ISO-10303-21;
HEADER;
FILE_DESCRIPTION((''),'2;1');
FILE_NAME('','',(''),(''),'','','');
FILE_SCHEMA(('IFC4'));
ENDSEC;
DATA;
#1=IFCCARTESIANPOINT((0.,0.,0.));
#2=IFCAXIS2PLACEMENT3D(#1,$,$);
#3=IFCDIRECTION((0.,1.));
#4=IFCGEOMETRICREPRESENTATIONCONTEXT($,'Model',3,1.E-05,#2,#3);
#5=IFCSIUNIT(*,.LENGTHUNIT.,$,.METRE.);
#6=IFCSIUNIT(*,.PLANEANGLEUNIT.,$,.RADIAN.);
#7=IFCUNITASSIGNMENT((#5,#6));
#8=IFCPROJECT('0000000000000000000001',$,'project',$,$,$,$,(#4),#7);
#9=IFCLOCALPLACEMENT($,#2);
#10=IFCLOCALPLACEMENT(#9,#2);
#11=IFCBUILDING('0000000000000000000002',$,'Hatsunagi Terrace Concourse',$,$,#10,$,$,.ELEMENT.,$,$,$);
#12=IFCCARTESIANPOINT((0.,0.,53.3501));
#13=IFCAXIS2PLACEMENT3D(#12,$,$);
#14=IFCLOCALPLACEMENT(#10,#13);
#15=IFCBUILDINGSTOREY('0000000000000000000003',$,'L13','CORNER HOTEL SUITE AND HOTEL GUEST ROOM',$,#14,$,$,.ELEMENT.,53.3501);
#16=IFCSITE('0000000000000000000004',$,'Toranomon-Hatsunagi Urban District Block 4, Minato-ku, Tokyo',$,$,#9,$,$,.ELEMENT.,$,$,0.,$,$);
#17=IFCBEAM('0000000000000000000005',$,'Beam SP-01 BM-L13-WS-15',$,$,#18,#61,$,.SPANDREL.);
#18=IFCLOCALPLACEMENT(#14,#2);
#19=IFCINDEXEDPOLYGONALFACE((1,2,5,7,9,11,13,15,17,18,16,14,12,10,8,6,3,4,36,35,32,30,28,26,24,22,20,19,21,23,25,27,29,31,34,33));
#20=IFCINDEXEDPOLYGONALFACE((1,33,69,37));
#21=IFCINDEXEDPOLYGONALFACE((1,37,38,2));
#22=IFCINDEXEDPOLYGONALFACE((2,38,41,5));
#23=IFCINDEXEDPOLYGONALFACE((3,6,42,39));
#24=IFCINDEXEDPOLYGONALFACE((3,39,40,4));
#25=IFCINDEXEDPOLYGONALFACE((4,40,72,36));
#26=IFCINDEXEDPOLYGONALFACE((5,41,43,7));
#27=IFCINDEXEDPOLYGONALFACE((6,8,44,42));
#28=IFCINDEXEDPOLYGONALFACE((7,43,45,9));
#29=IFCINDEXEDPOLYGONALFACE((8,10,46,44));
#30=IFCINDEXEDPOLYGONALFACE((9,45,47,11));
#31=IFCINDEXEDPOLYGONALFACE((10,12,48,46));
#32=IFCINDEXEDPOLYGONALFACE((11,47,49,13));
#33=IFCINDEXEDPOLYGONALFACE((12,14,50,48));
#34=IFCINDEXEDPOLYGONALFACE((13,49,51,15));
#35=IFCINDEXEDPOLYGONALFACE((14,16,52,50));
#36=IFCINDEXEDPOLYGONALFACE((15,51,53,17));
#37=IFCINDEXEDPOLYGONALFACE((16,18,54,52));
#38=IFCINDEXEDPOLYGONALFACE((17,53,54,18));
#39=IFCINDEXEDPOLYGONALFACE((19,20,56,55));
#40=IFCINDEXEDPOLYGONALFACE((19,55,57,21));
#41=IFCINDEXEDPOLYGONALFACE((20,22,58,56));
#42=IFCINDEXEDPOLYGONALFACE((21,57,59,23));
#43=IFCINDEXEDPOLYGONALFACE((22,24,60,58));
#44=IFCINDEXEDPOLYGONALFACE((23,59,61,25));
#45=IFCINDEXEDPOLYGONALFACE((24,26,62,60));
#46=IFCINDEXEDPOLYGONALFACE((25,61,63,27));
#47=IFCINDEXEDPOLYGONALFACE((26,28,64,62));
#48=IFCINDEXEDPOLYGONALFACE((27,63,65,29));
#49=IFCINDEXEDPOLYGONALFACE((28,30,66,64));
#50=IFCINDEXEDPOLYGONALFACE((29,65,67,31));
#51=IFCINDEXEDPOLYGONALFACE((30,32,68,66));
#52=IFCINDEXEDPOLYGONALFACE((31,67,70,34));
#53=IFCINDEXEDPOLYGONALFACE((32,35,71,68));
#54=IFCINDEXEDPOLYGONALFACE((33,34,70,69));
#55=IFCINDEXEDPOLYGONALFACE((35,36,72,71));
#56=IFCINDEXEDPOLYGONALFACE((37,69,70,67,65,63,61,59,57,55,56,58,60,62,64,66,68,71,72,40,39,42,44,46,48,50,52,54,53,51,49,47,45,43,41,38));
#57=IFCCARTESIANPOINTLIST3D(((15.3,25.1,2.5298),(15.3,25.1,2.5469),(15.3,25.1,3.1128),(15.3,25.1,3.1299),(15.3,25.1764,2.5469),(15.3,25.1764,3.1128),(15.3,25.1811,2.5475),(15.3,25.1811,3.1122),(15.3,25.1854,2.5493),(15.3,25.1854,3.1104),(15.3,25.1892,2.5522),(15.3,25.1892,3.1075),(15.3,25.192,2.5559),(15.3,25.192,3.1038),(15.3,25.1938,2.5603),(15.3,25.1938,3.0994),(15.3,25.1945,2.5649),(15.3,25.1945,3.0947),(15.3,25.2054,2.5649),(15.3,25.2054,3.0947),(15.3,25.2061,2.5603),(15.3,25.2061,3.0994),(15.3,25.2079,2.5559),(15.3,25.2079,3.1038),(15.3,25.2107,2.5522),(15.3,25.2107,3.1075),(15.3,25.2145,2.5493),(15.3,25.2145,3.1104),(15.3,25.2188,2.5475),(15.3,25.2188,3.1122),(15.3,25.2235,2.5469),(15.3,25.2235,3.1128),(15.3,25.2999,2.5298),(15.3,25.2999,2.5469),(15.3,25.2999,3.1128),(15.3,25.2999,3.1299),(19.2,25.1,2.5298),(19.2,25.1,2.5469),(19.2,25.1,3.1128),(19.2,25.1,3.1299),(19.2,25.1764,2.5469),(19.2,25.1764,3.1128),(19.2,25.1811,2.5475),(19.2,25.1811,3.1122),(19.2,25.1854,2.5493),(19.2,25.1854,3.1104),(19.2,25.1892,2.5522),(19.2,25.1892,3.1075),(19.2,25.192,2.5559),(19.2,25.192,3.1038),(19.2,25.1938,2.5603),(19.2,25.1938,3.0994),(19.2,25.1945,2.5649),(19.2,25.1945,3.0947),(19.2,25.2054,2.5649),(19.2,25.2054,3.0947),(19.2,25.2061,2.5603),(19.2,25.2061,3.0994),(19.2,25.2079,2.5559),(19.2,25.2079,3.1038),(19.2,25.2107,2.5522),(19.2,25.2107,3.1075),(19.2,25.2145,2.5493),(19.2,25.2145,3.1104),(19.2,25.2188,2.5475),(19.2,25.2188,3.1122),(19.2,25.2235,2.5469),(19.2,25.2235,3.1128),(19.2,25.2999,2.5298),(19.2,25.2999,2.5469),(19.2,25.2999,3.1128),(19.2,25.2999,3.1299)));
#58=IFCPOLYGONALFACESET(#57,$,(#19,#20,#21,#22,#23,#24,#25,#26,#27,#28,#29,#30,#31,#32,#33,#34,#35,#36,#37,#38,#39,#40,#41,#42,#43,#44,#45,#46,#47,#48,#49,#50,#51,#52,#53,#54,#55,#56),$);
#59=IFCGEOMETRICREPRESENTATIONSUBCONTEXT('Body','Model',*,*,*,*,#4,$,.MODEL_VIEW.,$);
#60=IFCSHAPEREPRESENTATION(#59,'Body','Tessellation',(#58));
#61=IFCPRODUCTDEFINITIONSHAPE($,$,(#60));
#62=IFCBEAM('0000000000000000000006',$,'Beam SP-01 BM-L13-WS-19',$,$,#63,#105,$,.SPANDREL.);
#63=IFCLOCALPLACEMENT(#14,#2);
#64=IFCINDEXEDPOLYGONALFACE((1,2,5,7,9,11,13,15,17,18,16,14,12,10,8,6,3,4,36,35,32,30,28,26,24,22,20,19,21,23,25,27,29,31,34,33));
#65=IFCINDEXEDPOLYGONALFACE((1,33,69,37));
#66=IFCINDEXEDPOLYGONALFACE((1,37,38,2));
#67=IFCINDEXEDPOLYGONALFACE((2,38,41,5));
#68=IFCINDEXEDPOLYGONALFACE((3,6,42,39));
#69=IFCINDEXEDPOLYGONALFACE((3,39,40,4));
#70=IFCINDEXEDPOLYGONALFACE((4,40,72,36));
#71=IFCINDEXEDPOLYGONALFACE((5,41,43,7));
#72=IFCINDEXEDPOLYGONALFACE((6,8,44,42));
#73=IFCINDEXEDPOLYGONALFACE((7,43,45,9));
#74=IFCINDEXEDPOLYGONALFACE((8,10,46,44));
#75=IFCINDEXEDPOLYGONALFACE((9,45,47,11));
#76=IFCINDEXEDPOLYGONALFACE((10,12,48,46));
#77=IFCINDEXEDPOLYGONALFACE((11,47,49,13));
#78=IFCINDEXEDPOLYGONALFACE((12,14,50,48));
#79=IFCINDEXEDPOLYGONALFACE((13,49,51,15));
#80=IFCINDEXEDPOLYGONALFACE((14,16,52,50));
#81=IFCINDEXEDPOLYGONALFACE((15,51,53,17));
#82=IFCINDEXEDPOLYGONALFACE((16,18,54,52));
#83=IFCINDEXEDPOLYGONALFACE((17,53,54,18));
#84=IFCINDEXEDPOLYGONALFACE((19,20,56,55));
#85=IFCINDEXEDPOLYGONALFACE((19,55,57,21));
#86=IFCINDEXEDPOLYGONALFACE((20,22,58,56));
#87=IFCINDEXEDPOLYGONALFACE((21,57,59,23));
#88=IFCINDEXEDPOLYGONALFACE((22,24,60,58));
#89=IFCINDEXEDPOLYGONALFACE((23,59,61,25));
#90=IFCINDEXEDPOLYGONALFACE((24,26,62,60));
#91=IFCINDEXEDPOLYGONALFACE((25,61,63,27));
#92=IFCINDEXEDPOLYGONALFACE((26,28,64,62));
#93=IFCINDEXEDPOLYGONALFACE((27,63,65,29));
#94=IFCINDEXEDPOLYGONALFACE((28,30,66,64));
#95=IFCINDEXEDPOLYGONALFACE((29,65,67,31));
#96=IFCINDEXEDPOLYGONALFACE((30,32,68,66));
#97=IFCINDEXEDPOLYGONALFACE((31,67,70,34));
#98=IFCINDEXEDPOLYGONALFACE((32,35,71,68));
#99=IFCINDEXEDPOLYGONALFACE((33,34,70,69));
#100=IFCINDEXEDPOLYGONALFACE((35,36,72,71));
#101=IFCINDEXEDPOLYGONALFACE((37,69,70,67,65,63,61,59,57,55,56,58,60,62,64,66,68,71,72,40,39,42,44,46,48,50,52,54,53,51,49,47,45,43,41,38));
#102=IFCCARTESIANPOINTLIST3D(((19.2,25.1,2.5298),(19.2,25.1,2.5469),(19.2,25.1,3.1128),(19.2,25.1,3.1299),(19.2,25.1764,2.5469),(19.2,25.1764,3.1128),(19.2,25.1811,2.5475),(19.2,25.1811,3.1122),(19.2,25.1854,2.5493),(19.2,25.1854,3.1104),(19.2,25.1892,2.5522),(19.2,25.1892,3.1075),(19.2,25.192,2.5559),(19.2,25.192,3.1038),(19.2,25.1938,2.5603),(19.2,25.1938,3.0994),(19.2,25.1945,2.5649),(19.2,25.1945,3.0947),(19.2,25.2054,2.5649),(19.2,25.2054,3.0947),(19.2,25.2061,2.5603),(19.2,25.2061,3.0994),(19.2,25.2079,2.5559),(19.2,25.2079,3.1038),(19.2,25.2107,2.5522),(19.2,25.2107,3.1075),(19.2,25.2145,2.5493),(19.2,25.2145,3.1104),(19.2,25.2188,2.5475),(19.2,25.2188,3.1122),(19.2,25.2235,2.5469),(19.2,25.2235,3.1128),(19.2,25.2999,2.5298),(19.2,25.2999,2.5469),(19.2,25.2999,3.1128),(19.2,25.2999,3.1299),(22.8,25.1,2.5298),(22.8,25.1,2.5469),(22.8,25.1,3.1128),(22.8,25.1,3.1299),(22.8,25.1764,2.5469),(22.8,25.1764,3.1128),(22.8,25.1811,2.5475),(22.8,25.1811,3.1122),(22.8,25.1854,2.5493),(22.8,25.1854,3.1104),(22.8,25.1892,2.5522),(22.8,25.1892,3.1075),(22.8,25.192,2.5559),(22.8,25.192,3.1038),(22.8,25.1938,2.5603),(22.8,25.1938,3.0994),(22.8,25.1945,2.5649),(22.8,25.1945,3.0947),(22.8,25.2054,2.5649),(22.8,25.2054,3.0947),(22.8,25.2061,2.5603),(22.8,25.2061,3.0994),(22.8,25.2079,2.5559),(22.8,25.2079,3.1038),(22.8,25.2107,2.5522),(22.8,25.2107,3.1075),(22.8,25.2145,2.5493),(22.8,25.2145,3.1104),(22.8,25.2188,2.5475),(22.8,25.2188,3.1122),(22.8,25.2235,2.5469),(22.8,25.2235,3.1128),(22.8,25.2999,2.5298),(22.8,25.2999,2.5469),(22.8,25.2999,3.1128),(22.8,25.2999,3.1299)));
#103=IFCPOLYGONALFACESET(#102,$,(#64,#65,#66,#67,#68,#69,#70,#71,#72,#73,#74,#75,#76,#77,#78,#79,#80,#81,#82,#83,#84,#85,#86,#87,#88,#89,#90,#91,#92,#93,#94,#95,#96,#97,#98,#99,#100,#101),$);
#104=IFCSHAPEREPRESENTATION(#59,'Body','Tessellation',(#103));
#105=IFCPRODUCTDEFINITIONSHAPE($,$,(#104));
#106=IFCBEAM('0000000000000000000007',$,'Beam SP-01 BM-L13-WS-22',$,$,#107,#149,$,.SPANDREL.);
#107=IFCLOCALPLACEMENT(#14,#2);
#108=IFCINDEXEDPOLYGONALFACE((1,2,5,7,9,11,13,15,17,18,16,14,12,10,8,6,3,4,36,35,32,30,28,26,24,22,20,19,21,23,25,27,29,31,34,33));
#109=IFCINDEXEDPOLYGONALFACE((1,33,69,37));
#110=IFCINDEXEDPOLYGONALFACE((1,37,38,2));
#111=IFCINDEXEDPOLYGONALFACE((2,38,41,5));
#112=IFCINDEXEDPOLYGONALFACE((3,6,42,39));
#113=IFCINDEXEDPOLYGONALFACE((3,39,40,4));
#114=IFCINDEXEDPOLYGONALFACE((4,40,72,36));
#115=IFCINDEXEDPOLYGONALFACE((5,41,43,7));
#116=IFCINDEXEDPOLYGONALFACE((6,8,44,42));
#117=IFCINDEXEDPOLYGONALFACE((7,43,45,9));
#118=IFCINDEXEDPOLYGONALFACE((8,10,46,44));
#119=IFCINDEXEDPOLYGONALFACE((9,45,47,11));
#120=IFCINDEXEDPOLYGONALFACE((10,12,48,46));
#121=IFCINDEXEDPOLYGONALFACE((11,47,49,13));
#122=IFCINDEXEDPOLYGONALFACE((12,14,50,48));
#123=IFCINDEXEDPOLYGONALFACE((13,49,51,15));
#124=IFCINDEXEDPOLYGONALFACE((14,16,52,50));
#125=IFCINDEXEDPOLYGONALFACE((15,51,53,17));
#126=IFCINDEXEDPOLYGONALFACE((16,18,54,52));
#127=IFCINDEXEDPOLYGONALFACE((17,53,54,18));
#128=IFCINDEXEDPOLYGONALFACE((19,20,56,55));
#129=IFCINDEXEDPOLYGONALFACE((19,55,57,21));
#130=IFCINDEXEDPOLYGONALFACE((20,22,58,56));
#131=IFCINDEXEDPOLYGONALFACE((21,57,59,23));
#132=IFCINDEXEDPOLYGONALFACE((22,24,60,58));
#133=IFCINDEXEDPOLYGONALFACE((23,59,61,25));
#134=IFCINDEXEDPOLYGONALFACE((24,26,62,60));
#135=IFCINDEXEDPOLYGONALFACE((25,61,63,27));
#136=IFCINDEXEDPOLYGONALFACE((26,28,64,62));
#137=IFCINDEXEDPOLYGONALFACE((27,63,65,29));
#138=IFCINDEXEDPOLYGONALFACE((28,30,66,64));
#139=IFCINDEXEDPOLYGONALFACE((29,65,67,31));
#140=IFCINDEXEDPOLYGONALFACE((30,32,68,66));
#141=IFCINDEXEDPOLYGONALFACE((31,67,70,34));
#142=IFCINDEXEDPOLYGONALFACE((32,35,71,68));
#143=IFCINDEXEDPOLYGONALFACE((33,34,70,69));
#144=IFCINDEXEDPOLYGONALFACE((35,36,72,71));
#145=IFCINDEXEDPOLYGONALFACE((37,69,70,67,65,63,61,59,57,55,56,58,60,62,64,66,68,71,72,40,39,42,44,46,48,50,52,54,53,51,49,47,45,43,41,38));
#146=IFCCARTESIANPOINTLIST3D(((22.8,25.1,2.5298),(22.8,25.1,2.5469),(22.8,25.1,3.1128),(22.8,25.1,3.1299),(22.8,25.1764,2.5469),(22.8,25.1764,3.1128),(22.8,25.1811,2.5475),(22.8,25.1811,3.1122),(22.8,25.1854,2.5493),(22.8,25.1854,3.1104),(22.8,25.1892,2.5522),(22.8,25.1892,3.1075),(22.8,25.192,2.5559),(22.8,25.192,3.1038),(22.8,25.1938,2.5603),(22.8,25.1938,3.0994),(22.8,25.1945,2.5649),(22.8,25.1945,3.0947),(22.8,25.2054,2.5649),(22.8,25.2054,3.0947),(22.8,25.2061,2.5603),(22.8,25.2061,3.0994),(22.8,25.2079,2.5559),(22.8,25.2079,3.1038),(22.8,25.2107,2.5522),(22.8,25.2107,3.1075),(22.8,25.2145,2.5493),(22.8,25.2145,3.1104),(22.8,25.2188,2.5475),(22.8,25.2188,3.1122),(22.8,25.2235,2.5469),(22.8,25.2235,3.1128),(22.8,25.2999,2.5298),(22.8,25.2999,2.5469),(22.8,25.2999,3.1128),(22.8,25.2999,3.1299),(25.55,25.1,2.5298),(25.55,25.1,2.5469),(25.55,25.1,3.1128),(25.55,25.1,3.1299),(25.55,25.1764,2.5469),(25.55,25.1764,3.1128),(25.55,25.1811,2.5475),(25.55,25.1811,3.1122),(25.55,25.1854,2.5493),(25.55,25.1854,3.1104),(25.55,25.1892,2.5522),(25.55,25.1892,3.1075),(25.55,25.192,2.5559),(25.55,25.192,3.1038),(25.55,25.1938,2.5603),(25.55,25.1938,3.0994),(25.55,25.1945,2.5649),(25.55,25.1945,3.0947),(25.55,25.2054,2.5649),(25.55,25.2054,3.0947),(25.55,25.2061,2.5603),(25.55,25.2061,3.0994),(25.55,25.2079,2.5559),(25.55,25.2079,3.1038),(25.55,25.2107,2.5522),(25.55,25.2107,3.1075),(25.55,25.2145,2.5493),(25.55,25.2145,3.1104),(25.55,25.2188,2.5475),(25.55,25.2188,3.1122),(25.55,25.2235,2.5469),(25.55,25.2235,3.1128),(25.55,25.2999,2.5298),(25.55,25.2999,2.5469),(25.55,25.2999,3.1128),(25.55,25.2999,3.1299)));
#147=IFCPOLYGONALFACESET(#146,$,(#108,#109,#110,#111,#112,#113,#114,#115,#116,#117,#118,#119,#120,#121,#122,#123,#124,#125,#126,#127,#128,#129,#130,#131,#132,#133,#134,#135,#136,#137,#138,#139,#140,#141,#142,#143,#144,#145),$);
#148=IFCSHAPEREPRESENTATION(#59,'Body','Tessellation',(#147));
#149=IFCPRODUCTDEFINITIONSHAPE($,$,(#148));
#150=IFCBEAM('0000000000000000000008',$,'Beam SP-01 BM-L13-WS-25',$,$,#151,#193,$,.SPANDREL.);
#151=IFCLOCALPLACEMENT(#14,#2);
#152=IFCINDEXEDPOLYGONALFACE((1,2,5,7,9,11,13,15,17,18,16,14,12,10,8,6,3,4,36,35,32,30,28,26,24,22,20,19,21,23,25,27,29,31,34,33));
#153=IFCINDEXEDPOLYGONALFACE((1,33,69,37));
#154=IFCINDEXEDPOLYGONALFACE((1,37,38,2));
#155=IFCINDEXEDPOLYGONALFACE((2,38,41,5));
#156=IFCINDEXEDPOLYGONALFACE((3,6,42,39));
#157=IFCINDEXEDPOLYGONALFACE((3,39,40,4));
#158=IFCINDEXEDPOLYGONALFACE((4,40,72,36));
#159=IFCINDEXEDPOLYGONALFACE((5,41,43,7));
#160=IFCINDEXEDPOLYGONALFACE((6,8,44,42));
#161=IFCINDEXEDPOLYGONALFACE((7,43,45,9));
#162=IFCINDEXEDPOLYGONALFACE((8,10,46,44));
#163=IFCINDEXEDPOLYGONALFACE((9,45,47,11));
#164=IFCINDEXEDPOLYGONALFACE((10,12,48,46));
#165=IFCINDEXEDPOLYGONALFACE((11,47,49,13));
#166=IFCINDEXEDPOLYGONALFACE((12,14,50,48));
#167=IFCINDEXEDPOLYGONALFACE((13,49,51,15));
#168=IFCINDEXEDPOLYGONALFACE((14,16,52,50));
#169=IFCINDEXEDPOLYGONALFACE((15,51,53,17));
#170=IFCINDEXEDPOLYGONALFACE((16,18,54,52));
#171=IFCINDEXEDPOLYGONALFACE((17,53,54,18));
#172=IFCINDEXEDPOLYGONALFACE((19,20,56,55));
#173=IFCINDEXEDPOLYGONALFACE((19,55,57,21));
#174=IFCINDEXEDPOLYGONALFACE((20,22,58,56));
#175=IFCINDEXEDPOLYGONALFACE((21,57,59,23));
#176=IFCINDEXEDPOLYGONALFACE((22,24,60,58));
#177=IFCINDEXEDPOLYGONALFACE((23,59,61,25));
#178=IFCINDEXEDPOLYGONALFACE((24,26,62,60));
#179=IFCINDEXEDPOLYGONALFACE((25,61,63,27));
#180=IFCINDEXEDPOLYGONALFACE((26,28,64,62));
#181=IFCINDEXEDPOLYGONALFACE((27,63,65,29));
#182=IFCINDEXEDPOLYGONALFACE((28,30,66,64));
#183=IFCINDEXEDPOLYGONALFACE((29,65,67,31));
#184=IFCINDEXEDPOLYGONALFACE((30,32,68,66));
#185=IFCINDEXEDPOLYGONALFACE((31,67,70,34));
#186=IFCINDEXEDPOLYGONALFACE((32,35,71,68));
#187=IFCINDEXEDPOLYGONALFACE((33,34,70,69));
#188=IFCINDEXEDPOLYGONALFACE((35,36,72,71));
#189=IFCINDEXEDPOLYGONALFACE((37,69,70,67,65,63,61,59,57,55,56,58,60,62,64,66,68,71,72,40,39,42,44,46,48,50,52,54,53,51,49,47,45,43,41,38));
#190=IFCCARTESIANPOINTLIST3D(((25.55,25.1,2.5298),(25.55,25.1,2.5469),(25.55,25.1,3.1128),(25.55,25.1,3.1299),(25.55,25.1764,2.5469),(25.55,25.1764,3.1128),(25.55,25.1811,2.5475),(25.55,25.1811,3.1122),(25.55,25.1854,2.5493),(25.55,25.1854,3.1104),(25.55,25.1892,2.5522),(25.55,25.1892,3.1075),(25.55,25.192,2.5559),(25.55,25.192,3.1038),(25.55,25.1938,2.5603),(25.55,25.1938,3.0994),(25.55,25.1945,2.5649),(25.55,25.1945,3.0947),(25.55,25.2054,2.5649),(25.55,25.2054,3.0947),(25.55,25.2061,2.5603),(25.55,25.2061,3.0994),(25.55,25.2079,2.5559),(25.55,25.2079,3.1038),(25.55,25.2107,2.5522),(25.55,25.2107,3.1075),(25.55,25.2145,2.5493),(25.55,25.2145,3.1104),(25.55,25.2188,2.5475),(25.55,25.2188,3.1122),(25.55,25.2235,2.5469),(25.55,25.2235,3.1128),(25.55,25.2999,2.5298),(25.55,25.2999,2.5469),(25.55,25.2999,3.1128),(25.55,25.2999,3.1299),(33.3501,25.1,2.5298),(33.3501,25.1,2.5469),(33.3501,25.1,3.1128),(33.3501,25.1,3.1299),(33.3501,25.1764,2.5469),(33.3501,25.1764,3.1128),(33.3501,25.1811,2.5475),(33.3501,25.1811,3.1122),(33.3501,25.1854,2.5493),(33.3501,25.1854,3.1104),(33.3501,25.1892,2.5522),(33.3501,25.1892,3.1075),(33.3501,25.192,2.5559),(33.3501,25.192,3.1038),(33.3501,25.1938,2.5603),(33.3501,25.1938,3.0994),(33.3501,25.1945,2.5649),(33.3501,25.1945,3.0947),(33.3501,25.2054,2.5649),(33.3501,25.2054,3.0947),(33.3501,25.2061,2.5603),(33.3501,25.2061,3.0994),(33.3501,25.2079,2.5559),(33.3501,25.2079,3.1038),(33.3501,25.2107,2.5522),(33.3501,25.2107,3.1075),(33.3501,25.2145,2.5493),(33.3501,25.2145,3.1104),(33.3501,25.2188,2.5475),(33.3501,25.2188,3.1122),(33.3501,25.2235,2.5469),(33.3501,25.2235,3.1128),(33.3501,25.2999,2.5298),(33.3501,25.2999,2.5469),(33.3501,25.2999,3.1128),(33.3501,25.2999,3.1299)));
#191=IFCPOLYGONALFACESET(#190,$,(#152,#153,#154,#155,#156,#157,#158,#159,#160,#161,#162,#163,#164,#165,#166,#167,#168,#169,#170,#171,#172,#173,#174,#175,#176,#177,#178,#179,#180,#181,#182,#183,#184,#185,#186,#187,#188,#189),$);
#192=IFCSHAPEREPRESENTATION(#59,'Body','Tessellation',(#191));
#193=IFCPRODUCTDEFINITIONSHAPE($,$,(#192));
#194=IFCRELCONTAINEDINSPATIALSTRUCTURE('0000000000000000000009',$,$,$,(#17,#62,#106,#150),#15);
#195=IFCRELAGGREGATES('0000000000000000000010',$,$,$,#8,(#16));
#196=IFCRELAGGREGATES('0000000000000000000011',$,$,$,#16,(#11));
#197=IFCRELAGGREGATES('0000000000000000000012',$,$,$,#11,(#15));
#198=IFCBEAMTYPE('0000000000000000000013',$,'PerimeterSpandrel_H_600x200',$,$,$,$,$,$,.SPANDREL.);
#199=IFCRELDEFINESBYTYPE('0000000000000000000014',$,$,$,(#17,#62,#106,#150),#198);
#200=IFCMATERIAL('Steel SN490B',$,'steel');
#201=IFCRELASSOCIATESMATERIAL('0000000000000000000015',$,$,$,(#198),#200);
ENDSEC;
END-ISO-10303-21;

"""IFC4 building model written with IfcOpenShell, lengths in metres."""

from ifc_helpers import new_model, si_unit, direction, frame, origin, origin_2d, place, context, subcontext, project, spatial, i_section, extrude, material, material_profile, profile_set, type_object, element, save


model = new_model("IFC4")

# Units and contexts
model_context = context("Model", 3, precision=1e-05, world=origin(), true_north=direction((0.0, 1.0)))
body_context = subcontext(model_context, "Body", "Model", "MODEL_VIEW")
ifc_project = project(units=[si_unit("LENGTHUNIT", "METRE"), si_unit("PLANEANGLEUNIT", "RADIAN")], contexts=[model_context])

# Site, building, storey
site_placement = place(None, origin())
site = spatial("IfcSite", under=ifc_project, at=site_placement, Name="Toranomon-Hatsunagi Urban District Block 4, Minato-ku, Tokyo", CompositionType="ELEMENT", RefElevation=0.0)
building_placement = place(site_placement, origin())
building = spatial("IfcBuilding", under=site, at=building_placement, Name="Hatsunagi Terrace Concourse", CompositionType="ELEMENT")
storey_placement = place(building_placement, frame((0.0, 0.0, 53.3501)))
storey = spatial("IfcBuildingStorey", under=building, at=storey_placement, Name="L13", Description="CORNER HOTEL SUITE AND HOTEL GUEST ROOM", CompositionType="ELEMENT", Elevation=53.3501)

# Beams
ifc_material_1 = material(Name="Steel SN490B", Category="steel")
ifc_material_profile_1 = material_profile(ifc_material_1, i_section(OverallWidth=0.2, OverallDepth=0.6001, WebThickness=0.011, FlangeThickness=0.0171, FilletRadius=0.0181, at=origin_2d()), Name="H-600x200x11x17")
ifc_profile_set_1 = profile_set([ifc_material_profile_1], Name="Steel SN490B")
beam_type_1 = type_object("IfcBeamType", Name="PerimeterSpandrel_H_600x200", PredefinedType="SPANDREL", material=ifc_profile_set_1)
beam_1_placement = place(storey_placement, frame((15.3, 25.2, 2.8298), z_axis=(1.0, 0.0, 0.0), x_axis=(0.0, 1.0, 0.0)))
element("IfcBeam", 1, at=beam_1_placement, inside=storey, type_object=beam_type_1, Name="Beam SP-01 BM-L13-WS-15", PredefinedType="SPANDREL", context=body_context, shape_type="SweptSolid", body=[
    extrude(i_section(OverallWidth=0.2, OverallDepth=0.6001, WebThickness=0.011, FlangeThickness=0.0171, FilletRadius=0.0181, at=origin_2d()), origin(), (0.0, 0.0, 1.0), 3.8999),
])
beam_2_placement = place(storey_placement, frame((19.2, 25.2, 2.8298), z_axis=(1.0, 0.0, 0.0), x_axis=(0.0, 1.0, 0.0)))
element("IfcBeam", 2, at=beam_2_placement, inside=storey, type_object=beam_type_1, Name="Beam SP-01 BM-L13-WS-19", PredefinedType="SPANDREL", context=body_context, shape_type="SweptSolid", body=[
    extrude(i_section(OverallWidth=0.2, OverallDepth=0.6001, WebThickness=0.011, FlangeThickness=0.0171, FilletRadius=0.0181, at=origin_2d()), origin(), (0.0, 0.0, 1.0), 3.6001),
])
beam_3_placement = place(storey_placement, frame((22.8, 25.2, 2.8298), z_axis=(1.0, 0.0, 0.0), x_axis=(0.0, 1.0, 0.0)))
element("IfcBeam", 3, at=beam_3_placement, inside=storey, type_object=beam_type_1, Name="Beam SP-01 BM-L13-WS-22", PredefinedType="SPANDREL", context=body_context, shape_type="SweptSolid", body=[
    extrude(i_section(OverallWidth=0.2, OverallDepth=0.6001, WebThickness=0.011, FlangeThickness=0.0171, FilletRadius=0.0181, at=origin_2d()), origin(), (0.0, 0.0, 1.0), 2.75),
])
beam_4_placement = place(storey_placement, frame((25.55, 25.2, 2.8298), z_axis=(1.0, 0.0, 0.0), x_axis=(0.0, 1.0, 0.0)))
element("IfcBeam", 4, at=beam_4_placement, inside=storey, type_object=beam_type_1, Name="Beam SP-01 BM-L13-WS-25", PredefinedType="SPANDREL", context=body_context, shape_type="SweptSolid", body=[
    extrude(i_section(OverallWidth=0.2, OverallDepth=0.6001, WebThickness=0.011, FlangeThickness=0.0171, FilletRadius=0.0181, at=origin_2d()), origin(), (0.0, 0.0, 1.0), 7.8),
])

save(model, "model.ifc")
